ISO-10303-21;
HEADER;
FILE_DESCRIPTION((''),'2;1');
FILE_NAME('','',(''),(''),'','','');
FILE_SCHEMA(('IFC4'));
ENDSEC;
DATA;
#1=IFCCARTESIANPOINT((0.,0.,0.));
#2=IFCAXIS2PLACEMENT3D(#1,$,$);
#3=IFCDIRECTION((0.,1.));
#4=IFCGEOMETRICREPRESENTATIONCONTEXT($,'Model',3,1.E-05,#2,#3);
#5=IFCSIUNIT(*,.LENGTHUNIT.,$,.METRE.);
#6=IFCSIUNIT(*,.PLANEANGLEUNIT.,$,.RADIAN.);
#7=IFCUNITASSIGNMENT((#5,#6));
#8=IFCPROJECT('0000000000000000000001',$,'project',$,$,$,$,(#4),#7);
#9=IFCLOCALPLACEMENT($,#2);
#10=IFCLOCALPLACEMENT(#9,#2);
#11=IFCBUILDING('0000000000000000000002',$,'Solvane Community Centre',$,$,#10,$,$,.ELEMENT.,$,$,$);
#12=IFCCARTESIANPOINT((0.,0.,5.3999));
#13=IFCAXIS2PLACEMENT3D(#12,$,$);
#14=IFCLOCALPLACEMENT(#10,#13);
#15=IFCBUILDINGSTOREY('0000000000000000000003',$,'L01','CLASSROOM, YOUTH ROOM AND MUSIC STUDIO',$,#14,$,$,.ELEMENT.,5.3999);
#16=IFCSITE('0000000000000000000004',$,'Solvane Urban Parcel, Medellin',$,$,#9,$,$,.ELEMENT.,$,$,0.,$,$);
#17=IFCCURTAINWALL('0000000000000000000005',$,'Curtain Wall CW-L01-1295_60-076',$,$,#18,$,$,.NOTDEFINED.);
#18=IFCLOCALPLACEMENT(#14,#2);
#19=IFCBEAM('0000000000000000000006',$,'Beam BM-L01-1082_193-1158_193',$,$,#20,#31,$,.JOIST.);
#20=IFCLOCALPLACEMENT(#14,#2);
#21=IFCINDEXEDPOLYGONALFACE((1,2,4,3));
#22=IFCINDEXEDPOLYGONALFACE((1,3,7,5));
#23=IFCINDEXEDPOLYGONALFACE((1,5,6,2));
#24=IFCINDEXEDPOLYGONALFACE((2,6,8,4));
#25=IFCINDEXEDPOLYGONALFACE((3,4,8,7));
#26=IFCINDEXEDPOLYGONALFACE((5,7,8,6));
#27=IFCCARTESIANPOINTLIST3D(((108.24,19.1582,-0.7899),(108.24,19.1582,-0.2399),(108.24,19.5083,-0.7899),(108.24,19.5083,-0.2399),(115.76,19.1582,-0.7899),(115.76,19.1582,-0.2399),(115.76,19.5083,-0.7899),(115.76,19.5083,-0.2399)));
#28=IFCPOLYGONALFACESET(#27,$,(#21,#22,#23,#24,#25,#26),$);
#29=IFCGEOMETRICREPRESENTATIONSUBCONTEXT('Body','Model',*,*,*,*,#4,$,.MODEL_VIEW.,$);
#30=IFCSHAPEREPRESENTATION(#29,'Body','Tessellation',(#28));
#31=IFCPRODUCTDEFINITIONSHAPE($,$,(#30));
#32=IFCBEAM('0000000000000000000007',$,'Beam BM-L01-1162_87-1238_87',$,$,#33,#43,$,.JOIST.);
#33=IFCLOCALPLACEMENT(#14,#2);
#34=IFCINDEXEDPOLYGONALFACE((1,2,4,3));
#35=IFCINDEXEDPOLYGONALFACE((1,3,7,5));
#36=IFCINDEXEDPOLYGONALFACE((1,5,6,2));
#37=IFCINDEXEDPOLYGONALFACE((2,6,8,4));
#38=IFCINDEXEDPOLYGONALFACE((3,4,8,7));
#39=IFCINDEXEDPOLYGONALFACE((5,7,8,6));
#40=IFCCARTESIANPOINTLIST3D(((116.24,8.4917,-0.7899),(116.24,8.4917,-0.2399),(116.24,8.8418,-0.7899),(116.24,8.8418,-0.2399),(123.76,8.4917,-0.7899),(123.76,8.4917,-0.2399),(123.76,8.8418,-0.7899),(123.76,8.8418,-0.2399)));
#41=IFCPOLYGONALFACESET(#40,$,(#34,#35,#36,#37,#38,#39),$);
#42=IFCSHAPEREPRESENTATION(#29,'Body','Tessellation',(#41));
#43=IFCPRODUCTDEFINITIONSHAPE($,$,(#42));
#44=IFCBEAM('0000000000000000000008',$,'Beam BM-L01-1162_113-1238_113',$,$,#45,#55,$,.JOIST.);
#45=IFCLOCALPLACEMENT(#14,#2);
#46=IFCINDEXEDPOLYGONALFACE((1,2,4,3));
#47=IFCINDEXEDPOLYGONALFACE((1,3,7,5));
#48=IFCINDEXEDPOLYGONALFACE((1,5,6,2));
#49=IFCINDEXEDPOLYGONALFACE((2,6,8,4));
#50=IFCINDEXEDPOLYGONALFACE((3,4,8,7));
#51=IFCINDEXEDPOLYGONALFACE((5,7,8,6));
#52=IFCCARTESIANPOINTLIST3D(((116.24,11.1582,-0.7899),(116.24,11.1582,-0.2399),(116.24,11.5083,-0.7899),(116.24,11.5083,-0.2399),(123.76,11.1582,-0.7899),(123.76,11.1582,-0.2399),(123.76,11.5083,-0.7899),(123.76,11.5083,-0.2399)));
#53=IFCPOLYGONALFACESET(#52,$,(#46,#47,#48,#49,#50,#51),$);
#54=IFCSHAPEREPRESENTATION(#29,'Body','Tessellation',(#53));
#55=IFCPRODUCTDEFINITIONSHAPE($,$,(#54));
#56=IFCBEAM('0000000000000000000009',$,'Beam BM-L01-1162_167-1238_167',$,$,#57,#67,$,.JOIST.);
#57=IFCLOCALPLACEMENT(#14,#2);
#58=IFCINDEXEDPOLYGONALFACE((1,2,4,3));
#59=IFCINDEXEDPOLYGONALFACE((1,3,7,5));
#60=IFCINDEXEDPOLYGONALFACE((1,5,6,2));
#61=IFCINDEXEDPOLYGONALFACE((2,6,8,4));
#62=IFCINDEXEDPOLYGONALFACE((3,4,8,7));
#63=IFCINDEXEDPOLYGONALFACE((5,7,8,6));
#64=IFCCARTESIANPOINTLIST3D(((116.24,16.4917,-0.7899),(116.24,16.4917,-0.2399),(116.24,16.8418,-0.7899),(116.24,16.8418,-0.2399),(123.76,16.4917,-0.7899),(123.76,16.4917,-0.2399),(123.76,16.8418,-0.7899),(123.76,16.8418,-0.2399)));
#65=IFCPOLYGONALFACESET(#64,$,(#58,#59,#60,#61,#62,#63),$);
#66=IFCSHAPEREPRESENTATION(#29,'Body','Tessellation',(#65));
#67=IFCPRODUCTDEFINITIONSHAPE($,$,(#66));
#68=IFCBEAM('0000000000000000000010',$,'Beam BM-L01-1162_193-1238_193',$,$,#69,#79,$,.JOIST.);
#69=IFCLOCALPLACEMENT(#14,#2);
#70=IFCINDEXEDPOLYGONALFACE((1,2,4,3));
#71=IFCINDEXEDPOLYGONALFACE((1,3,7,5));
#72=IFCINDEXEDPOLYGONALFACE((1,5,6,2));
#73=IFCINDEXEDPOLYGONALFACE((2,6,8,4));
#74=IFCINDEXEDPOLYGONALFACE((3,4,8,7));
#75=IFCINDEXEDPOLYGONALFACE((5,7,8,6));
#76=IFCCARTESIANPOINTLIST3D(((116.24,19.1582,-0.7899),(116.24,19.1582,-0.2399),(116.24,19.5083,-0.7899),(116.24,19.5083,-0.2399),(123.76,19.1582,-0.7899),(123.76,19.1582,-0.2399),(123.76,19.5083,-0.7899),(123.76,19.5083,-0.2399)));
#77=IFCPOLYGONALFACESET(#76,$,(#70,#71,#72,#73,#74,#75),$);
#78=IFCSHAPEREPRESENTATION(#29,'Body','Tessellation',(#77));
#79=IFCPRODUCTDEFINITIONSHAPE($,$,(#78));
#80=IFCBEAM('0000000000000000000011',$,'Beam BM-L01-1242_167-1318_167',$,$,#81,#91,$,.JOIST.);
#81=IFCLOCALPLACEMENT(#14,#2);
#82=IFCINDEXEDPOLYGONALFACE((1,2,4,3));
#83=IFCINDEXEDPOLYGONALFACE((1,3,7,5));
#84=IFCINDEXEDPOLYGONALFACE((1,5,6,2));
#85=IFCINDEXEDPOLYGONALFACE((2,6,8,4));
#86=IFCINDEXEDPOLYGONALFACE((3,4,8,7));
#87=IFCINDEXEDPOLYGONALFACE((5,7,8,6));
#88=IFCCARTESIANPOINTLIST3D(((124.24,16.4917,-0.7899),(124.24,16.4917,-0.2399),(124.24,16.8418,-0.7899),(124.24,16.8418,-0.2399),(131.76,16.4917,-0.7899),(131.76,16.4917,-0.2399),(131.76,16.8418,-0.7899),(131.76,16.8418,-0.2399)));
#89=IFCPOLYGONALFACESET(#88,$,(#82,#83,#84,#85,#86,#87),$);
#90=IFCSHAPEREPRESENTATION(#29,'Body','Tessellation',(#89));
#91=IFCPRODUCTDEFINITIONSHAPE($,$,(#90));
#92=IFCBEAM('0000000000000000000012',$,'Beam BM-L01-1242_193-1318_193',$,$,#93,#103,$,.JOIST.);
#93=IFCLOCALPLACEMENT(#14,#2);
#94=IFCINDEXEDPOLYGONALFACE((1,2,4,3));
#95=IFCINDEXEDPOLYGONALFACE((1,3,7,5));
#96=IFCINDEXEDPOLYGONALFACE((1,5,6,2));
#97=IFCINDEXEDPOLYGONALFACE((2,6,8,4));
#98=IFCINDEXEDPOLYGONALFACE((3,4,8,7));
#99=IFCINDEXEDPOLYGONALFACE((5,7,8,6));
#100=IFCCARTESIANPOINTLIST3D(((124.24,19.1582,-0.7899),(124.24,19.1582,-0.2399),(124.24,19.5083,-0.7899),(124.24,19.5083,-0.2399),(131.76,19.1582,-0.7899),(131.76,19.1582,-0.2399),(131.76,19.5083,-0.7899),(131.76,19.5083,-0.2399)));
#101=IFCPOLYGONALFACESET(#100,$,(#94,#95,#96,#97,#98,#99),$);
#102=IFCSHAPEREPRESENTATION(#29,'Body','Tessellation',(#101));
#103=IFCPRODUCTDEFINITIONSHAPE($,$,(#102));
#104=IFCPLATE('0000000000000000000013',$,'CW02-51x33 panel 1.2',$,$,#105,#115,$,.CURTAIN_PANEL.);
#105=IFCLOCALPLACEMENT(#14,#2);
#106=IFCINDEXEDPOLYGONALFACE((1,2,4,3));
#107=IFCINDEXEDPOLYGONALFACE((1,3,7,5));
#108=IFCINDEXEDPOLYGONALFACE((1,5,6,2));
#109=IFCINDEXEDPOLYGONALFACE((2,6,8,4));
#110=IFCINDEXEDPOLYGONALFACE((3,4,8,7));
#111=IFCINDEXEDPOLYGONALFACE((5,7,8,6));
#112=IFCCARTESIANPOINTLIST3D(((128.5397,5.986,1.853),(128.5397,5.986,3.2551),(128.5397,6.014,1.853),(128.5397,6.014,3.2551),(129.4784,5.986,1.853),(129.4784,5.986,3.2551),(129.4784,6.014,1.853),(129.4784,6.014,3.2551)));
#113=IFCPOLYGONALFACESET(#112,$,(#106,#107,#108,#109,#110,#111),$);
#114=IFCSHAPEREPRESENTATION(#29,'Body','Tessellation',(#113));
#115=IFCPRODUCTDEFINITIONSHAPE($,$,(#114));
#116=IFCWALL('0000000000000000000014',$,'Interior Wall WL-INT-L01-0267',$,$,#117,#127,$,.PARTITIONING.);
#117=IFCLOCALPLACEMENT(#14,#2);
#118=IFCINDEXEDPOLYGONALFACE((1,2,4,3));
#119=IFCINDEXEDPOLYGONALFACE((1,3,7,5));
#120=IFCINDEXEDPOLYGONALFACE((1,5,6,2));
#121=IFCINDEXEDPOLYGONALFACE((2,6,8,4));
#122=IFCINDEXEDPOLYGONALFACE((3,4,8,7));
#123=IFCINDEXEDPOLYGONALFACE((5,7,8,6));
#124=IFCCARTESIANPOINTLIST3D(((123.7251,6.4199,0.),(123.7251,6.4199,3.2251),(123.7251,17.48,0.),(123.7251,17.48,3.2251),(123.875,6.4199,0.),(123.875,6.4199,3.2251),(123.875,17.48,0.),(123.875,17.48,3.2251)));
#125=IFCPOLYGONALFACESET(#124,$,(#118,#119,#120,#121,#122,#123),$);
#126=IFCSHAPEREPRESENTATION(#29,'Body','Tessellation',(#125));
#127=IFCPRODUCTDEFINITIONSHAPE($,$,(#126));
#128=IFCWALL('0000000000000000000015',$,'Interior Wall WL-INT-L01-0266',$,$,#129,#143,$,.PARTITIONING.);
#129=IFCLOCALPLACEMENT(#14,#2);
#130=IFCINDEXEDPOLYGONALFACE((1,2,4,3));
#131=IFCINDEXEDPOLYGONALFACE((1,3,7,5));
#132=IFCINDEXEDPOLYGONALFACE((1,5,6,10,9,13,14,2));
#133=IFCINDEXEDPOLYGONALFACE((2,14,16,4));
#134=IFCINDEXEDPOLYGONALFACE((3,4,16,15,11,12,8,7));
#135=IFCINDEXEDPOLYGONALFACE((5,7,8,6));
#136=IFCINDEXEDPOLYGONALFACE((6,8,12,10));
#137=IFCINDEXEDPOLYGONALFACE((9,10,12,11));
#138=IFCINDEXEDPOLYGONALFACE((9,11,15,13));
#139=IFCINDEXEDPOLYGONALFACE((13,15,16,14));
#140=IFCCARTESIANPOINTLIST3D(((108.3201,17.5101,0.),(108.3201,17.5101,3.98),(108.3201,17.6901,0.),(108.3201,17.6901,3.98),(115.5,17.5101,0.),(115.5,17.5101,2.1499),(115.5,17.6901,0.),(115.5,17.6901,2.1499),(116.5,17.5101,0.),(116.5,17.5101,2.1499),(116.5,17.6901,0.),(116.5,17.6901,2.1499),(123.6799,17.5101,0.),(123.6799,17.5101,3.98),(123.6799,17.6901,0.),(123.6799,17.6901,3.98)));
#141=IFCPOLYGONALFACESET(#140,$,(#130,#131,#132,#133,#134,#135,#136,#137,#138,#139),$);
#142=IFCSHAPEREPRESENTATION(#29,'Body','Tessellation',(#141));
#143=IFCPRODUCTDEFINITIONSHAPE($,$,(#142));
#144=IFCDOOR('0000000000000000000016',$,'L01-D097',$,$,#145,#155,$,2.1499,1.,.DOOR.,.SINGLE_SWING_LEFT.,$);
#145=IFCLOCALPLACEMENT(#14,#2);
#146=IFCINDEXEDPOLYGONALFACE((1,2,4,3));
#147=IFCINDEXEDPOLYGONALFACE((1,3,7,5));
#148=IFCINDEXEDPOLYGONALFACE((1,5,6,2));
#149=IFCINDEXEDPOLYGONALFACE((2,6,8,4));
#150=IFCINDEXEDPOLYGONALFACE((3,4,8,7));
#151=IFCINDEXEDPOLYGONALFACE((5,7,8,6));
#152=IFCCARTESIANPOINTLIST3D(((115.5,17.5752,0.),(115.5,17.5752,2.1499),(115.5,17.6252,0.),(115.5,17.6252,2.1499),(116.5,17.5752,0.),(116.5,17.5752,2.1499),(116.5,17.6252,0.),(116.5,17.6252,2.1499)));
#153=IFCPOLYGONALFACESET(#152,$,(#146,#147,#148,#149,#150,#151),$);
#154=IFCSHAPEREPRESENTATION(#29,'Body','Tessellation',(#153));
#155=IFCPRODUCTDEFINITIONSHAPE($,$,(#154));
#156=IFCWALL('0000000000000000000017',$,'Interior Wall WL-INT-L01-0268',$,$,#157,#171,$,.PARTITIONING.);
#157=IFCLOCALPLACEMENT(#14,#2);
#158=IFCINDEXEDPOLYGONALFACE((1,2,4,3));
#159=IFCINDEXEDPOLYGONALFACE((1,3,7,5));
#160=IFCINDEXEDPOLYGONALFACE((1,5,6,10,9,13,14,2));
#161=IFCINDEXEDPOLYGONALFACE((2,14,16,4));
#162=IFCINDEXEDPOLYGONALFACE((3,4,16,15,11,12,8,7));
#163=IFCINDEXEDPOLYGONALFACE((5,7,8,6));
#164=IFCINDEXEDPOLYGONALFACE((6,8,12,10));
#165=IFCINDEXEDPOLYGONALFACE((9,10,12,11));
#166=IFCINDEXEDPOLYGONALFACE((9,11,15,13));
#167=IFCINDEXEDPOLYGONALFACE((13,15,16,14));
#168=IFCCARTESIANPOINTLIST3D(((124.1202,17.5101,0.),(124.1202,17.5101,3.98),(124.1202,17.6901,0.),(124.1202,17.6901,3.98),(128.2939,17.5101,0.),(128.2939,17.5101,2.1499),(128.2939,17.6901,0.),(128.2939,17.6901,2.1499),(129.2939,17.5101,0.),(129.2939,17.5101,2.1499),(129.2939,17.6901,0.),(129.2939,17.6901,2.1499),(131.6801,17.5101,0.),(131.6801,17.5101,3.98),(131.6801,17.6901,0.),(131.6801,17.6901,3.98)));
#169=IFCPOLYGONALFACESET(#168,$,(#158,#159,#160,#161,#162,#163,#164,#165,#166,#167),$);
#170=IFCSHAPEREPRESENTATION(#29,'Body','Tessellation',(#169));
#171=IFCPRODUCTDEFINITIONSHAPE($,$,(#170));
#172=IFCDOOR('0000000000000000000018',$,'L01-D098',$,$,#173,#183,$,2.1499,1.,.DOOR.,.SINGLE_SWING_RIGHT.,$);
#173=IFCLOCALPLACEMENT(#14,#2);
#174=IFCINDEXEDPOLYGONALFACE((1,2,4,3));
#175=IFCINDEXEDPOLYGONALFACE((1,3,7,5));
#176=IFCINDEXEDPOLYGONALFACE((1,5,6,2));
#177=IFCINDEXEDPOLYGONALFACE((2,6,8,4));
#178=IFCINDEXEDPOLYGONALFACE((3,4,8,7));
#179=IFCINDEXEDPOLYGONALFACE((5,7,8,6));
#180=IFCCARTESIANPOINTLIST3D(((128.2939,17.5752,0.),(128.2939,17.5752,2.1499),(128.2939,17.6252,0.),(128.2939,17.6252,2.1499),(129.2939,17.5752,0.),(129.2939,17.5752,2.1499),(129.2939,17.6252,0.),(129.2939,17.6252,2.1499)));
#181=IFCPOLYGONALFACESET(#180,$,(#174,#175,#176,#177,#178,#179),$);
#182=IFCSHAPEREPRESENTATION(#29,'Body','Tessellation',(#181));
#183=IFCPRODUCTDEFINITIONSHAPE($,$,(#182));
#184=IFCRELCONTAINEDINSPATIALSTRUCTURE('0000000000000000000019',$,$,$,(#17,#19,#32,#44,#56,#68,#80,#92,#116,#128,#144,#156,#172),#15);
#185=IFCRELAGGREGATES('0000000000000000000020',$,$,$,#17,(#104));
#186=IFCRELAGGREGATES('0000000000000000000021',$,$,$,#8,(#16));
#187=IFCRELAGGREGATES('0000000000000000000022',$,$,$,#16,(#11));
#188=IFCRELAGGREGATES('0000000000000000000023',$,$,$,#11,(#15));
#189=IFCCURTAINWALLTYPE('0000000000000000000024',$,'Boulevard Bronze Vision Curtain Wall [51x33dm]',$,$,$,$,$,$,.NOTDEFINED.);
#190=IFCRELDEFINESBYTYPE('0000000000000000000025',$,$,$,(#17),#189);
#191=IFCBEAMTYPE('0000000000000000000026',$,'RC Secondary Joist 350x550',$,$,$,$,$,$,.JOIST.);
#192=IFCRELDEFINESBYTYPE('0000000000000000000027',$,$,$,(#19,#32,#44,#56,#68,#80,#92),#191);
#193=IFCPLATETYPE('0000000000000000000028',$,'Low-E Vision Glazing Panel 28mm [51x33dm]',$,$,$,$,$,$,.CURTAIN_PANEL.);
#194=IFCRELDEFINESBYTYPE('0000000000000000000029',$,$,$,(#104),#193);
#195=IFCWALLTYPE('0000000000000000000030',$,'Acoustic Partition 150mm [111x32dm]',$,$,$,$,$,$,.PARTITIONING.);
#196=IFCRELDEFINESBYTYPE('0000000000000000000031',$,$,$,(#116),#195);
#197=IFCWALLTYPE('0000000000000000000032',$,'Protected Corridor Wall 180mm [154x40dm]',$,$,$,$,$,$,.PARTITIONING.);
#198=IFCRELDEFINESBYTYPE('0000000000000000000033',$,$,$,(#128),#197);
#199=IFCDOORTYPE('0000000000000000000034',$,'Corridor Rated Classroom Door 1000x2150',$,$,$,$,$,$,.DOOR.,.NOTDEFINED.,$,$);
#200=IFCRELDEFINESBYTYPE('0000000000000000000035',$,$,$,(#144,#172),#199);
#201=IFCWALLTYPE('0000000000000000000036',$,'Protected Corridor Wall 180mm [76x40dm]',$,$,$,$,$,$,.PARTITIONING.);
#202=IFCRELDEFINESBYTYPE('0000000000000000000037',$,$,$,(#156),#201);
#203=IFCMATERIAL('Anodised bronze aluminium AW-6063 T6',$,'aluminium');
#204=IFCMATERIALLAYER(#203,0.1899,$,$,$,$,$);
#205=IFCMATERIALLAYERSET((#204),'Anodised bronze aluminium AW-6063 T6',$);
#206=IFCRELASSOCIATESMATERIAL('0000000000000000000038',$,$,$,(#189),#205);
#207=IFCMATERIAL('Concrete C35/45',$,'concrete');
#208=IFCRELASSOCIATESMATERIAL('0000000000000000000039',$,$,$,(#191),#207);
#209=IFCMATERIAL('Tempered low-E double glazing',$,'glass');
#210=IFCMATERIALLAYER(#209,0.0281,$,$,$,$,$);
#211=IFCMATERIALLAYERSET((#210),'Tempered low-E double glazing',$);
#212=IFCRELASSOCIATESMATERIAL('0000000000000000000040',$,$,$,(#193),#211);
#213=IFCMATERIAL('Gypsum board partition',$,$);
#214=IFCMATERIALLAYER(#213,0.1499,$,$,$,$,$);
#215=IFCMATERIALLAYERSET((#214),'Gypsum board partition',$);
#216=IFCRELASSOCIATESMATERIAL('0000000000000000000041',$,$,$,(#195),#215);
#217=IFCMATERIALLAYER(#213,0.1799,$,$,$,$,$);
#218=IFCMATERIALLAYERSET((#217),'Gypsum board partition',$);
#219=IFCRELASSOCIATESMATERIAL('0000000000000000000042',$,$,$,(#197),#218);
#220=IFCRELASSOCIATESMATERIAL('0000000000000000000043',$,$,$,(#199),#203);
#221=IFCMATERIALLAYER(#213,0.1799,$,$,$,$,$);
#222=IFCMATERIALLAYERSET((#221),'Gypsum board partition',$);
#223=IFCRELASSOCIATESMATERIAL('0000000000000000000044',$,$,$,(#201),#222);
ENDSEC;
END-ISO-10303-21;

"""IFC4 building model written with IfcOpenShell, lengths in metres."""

from ifc_helpers import new_model, si_unit, direction, frame, frame_2d, origin, origin_2d, place, context, subcontext, project, spatial, rectangle, extrude, material, layer, layer_set, material_profile, profile_set, type_object, element, fill, aggregate, save


model = new_model("IFC4")

# Units and contexts
model_context = context("Model", 3, precision=1e-05, world=origin(), true_north=direction((0.0, 1.0)))
body_context = subcontext(model_context, "Body", "Model", "MODEL_VIEW")
ifc_project = project(units=[si_unit("LENGTHUNIT", "METRE"), si_unit("PLANEANGLEUNIT", "RADIAN")], contexts=[model_context])

# Site, building, storey
site_placement = place(None, origin())
site = spatial("IfcSite", under=ifc_project, at=site_placement, Name="Solvane Urban Parcel, Medellin", CompositionType="ELEMENT", RefElevation=0.0)
building_placement = place(site_placement, origin())
building = spatial("IfcBuilding", under=site, at=building_placement, Name="Solvane Community Centre", CompositionType="ELEMENT")
storey_placement = place(building_placement, frame((0.0, 0.0, 5.3999)))
storey = spatial("IfcBuildingStorey", under=building, at=storey_placement, Name="L01", Description="CLASSROOM, YOUTH ROOM AND MUSIC STUDIO", CompositionType="ELEMENT", Elevation=5.3999)

# Shared definitions
ifc_material_1 = material(Name="Concrete C35/45", Category="concrete")

# Curtain wall
ifc_material_2 = material(Name="Anodised bronze aluminium AW-6063 T6", Category="aluminium")
ifc_layer_1 = layer(ifc_material_2, 0.1899)
ifc_layer_set_1 = layer_set([ifc_layer_1], Name="Anodised bronze aluminium AW-6063 T6")
curtain_wall_type = type_object("IfcCurtainWallType", Name="Boulevard Bronze Vision Curtain Wall [51x33dm]", PredefinedType="NOTDEFINED", material=ifc_layer_set_1)
curtain_wall_placement = place(storey_placement, origin())
curtain_wall = element("IfcCurtainWall", 1, at=curtain_wall_placement, inside=storey, type_object=curtain_wall_type, Name="Curtain Wall CW-L01-1295_60-076", PredefinedType="NOTDEFINED")

# Beams
ifc_material_profile_1 = material_profile(ifc_material_1, rectangle(XDim=0.3501, YDim=0.55, at=origin_2d()), Name="RC 350x550")
ifc_profile_set_1 = profile_set([ifc_material_profile_1], Name="Concrete C35/45")
beam_type_1 = type_object("IfcBeamType", Name="RC Secondary Joist 350x550", PredefinedType="JOIST", material=ifc_profile_set_1)
for number, where, z_axis, x_axis, name in (
    (2, (108.24, 19.3333, -0.5149), (1.0, 0.0, 0.0), (0.0, 1.0, 0.0), "Beam BM-L01-1082_193-1158_193"),
    (3, (116.24, 8.6667, -0.5149), (1.0, 0.0, 0.0), (0.0, 1.0, 0.0), "Beam BM-L01-1162_87-1238_87"),
    (4, (116.24, 11.3333, -0.5149), (1.0, 0.0, 0.0), (0.0, 1.0, 0.0), "Beam BM-L01-1162_113-1238_113"),
    (5, (116.24, 16.6667, -0.5149), (1.0, 0.0, 0.0), (0.0, 1.0, 0.0), "Beam BM-L01-1162_167-1238_167"),
    (6, (116.24, 19.3333, -0.5149), (1.0, 0.0, 0.0), (0.0, 1.0, 0.0), "Beam BM-L01-1162_193-1238_193"),
    (7, (124.24, 16.6667, -0.5149), (1.0, 0.0, 0.0), (0.0, 1.0, 0.0), "Beam BM-L01-1242_167-1318_167"),
    (8, (124.24, 19.3333, -0.5149), (1.0, 0.0, 0.0), (0.0, 1.0, 0.0), "Beam BM-L01-1242_193-1318_193"),
):
    element("IfcBeam", number, at=place(storey_placement, frame(where, z_axis=z_axis, x_axis=x_axis)), inside=storey, type_object=beam_type_1, Name=name, PredefinedType="JOIST", context=body_context, shape_type="SweptSolid", body=[
        extrude(rectangle(XDim=0.3501, YDim=0.55, at=origin_2d()), origin(), (0.0, 0.0, 1.0), 7.52),
    ])

# Plate
ifc_material_3 = material(Name="Tempered low-E double glazing", Category="glass")
ifc_layer_2 = layer(ifc_material_3, 0.0281)
ifc_layer_set_2 = layer_set([ifc_layer_2], Name="Tempered low-E double glazing")
plate_type = type_object("IfcPlateType", Name="Low-E Vision Glazing Panel 28mm [51x33dm]", PredefinedType="CURTAIN_PANEL", material=ifc_layer_set_2)
plate_placement = place(storey_placement, frame((129.009, 6.0, 1.853), z_axis=(0.0, 0.0, 1.0), x_axis=(-1.0, 0.0, 0.0)))
plate = element("IfcPlate", 9, at=plate_placement, type_object=plate_type, Name="CW02-51x33 panel 1.2", PredefinedType="CURTAIN_PANEL", context=body_context, shape_type="SweptSolid", body=[
    extrude(rectangle(XDim=0.9387, YDim=0.0281, at=origin_2d()), origin(), (0.0, 0.0, 1.0), 1.4021),
])
aggregate(curtain_wall, [plate])

# Wall
ifc_material_4 = material(Name="Gypsum board partition")
ifc_layer_3 = layer(ifc_material_4, 0.1499)
ifc_layer_set_3 = layer_set([ifc_layer_3], Name="Gypsum board partition")
wall_type_1 = type_object("IfcWallType", Name="Acoustic Partition 150mm [111x32dm]", PredefinedType="PARTITIONING", material=ifc_layer_set_3)
wall_1_placement = place(storey_placement, frame((123.8, 6.4199, 0.0), z_axis=(0.0, 0.0, 1.0), x_axis=(0.0, 1.0, 0.0)))
element("IfcWall", 10, at=wall_1_placement, inside=storey, type_object=wall_type_1, Name="Interior Wall WL-INT-L01-0267", PredefinedType="PARTITIONING", context=body_context, shape_type="SweptSolid", body=[
    extrude(rectangle(XDim=11.0601, YDim=0.1499, at=frame_2d((5.53, 0.0))), origin(), (0.0, 0.0, 1.0), 3.2251),
])

# Walls, openings, doors
ifc_layer_4 = layer(ifc_material_4, 0.1799)
ifc_layer_set_4 = layer_set([ifc_layer_4], Name="Gypsum board partition")
wall_type_2 = type_object("IfcWallType", Name="Protected Corridor Wall 180mm [154x40dm]", PredefinedType="PARTITIONING", material=ifc_layer_set_4)
wall_2_placement = place(storey_placement, frame((123.6799, 17.6001, 0.0), z_axis=(0.0, 0.0, 1.0), x_axis=(-1.0, 0.0, 0.0)))
wall_2 = element("IfcWall", 11, at=wall_2_placement, inside=storey, type_object=wall_type_2, Name="Interior Wall WL-INT-L01-0266", PredefinedType="PARTITIONING", context=body_context, shape_type="SweptSolid", body=[
    extrude(rectangle(XDim=15.3599, YDim=0.1799, at=frame_2d((7.6799, 0.0))), origin(), (0.0, 0.0, 1.0), 3.98),
])
opening_1_placement = place(wall_2_placement, frame((7.1799, 0.0, 0.0)))
opening_1 = element("IfcOpeningElement", 12, at=opening_1_placement, cuts=wall_2, PredefinedType="OPENING", context=body_context, shape_type="SweptSolid", body=[
    extrude(rectangle(XDim=1.0, YDim=2.1499, at=frame_2d((0.5, 1.075))), frame((0.0, 0.0999, 0.0), z_axis=(0.0, -1.0, 0.0), x_axis=(1.0, 0.0, 0.0)), (0.0, 0.0, 1.0), 0.2),
])
door_type = type_object("IfcDoorType", Name="Corridor Rated Classroom Door 1000x2150", OperationType="NOTDEFINED", PredefinedType="DOOR", material=ifc_material_2)
door_1_placement = place(opening_1_placement, origin())
door_1 = element("IfcDoor", 13, at=door_1_placement, inside=storey, type_object=door_type, Name="L01-D097", OperationType="SINGLE_SWING_LEFT", OverallHeight=2.1499, OverallWidth=1.0, PredefinedType="DOOR", context=body_context, shape_type="SweptSolid", body=[
    extrude(rectangle(XDim=1.0, YDim=2.1499, at=frame_2d((0.5, 1.075))), frame((0.0, 0.0249, 0.0), z_axis=(0.0, -1.0, 0.0), x_axis=(1.0, 0.0, 0.0)), (0.0, 0.0, 1.0), 0.05),
])
fill(opening_1, door_1)
ifc_layer_5 = layer(ifc_material_4, 0.1799)
ifc_layer_set_5 = layer_set([ifc_layer_5], Name="Gypsum board partition")
wall_type_3 = type_object("IfcWallType", Name="Protected Corridor Wall 180mm [76x40dm]", PredefinedType="PARTITIONING", material=ifc_layer_set_5)
wall_3_placement = place(storey_placement, frame((131.6799, 17.6001, 0.0), z_axis=(0.0, 0.0, 1.0), x_axis=(-1.0, 0.0, 0.0)))
wall_3 = element("IfcWall", 14, at=wall_3_placement, inside=storey, type_object=wall_type_3, Name="Interior Wall WL-INT-L01-0268", PredefinedType="PARTITIONING", context=body_context, shape_type="SweptSolid", body=[
    extrude(rectangle(XDim=7.5598, YDim=0.1799, at=frame_2d((3.7798, 0.0))), origin(), (0.0, 0.0, 1.0), 3.98),
])
opening_2_placement = place(wall_3_placement, frame((2.386, 0.0, 0.0)))
opening_2 = element("IfcOpeningElement", 15, at=opening_2_placement, cuts=wall_3, PredefinedType="OPENING", context=body_context, shape_type="SweptSolid", body=[
    extrude(rectangle(XDim=1.0, YDim=2.1499, at=frame_2d((0.5, 1.075))), frame((0.0, 0.0999, 0.0), z_axis=(0.0, -1.0, 0.0), x_axis=(1.0, 0.0, 0.0)), (0.0, 0.0, 1.0), 0.2),
])
door_2_placement = place(opening_2_placement, origin())
door_2 = element("IfcDoor", 16, at=door_2_placement, inside=storey, type_object=door_type, Name="L01-D098", OperationType="SINGLE_SWING_RIGHT", OverallHeight=2.1499, OverallWidth=1.0, PredefinedType="DOOR", context=body_context, shape_type="SweptSolid", body=[
    extrude(rectangle(XDim=1.0, YDim=2.1499, at=frame_2d((0.5, 1.075))), frame((0.0, 0.0249, 0.0), z_axis=(0.0, -1.0, 0.0), x_axis=(1.0, 0.0, 0.0)), (0.0, 0.0, 1.0), 0.05),
])
fill(opening_2, door_2)

save(model, "model.ifc")
